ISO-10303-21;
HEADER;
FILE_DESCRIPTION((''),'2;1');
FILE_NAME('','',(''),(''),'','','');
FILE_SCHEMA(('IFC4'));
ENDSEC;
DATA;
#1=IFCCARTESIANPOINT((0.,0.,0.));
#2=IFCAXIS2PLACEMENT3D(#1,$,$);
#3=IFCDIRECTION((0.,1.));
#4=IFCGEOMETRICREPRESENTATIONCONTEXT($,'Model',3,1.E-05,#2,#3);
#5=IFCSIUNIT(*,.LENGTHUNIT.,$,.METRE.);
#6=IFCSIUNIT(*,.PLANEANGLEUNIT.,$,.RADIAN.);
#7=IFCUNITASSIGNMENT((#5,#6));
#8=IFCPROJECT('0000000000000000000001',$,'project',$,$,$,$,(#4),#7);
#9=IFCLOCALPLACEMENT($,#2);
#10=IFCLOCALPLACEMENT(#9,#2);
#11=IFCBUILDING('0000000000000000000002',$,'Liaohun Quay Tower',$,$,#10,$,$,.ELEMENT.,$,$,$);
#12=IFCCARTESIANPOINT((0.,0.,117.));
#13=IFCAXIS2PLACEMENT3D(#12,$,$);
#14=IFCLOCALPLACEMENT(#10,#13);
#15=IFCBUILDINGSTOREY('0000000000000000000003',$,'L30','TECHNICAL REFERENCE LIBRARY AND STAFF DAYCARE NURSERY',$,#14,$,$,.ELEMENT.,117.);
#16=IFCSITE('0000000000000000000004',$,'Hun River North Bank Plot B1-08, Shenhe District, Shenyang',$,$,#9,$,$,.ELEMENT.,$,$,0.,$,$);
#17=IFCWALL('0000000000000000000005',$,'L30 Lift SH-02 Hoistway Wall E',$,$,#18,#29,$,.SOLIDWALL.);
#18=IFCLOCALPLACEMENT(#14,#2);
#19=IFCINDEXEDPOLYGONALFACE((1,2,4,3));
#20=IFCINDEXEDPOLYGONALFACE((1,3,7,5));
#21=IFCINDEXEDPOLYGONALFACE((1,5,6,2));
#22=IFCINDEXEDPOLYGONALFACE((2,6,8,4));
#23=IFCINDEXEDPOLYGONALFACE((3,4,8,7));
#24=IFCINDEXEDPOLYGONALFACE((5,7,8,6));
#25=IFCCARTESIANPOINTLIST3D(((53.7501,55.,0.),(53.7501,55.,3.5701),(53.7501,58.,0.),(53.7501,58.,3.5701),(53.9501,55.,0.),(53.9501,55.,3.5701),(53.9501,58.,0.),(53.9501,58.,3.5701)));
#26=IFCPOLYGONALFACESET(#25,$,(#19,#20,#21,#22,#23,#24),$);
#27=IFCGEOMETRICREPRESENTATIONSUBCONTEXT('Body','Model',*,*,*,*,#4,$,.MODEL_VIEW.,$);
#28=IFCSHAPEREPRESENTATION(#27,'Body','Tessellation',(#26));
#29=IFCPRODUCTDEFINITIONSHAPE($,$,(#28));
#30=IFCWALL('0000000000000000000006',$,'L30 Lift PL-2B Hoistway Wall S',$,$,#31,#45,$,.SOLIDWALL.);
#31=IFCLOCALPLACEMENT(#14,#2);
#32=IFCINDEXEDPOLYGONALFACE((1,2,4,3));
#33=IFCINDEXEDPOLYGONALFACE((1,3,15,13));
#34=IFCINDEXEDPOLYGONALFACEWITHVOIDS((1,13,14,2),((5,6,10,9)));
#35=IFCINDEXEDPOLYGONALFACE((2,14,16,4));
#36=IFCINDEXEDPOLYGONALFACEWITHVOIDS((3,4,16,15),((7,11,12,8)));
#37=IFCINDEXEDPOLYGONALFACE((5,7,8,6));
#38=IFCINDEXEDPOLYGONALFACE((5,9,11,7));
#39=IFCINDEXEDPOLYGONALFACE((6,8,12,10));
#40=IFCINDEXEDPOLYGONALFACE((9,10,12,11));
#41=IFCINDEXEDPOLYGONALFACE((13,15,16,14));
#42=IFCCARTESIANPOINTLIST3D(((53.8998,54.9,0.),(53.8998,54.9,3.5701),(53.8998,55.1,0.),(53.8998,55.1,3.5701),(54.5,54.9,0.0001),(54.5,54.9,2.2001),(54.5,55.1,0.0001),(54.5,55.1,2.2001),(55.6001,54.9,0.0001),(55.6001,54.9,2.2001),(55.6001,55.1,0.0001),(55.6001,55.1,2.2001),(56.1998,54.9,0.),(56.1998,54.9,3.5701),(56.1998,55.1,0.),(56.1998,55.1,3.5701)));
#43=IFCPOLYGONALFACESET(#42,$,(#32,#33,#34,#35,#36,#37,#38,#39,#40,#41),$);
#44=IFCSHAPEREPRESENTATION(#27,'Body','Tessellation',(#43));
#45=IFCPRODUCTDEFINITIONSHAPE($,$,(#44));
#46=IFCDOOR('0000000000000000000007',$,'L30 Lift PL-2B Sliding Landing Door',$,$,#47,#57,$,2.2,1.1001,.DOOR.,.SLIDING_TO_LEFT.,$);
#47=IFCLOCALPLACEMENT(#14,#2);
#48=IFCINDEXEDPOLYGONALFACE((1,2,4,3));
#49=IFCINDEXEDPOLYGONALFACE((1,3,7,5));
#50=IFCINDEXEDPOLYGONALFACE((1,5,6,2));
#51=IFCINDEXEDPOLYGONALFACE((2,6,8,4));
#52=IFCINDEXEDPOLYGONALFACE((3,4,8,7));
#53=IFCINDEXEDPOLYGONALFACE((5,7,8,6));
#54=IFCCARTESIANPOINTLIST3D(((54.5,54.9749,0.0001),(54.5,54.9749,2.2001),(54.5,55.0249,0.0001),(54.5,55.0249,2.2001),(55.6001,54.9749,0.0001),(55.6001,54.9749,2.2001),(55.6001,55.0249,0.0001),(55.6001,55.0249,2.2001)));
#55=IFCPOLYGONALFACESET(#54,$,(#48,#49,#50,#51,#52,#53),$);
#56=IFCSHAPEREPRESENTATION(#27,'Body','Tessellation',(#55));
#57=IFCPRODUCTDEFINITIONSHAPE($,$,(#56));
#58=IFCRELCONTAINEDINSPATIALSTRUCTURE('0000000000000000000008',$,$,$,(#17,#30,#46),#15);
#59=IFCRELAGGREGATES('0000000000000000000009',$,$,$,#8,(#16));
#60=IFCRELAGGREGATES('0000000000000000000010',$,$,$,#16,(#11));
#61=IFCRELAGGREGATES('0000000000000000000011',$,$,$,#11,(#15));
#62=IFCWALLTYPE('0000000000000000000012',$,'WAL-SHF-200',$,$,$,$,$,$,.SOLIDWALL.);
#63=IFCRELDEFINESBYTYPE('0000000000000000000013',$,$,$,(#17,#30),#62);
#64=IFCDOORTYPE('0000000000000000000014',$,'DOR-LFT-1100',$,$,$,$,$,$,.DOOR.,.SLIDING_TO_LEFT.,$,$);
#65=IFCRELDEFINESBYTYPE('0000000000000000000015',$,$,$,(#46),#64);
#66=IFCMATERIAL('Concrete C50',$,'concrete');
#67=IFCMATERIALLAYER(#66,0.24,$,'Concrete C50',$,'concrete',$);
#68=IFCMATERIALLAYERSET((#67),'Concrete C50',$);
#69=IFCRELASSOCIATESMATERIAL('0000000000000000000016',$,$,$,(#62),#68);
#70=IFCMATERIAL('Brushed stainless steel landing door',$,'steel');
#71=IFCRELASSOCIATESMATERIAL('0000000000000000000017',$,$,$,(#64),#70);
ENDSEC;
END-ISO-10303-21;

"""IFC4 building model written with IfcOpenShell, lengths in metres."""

from ifc_helpers import new_model, si_unit, direction, frame, frame_2d, origin, place, context, subcontext, project, spatial, rectangle, extrude, source, transform, mapped, material, layer, layer_set, type_object, element, fill, save


model = new_model("IFC4")

# Units and contexts
model_context = context("Model", 3, precision=1e-05, world=origin(), true_north=direction((0.0, 1.0)))
body_context = subcontext(model_context, "Body", "Model", "MODEL_VIEW")
ifc_project = project(units=[si_unit("LENGTHUNIT", "METRE"), si_unit("PLANEANGLEUNIT", "RADIAN")], contexts=[model_context])

# Site, building, storey
site_placement = place(None, origin())
site = spatial("IfcSite", under=ifc_project, at=site_placement, Name="Hun River North Bank Plot B1-08, Shenhe District, Shenyang", CompositionType="ELEMENT", RefElevation=0.0)
building_placement = place(site_placement, origin())
building = spatial("IfcBuilding", under=site, at=building_placement, Name="Liaohun Quay Tower", CompositionType="ELEMENT")
storey_placement = place(building_placement, frame((0.0, 0.0, 117.0)))
storey = spatial("IfcBuildingStorey", under=building, at=storey_placement, Name="L30", Description="TECHNICAL REFERENCE LIBRARY AND STAFF DAYCARE NURSERY", CompositionType="ELEMENT", Elevation=117.0)

# Shared definitions
ifc_material_1 = material(Name="Concrete C50", Category="concrete")

# Shared definitions
ifc_layer_1 = layer(ifc_material_1, 0.24, Name="Concrete C50", Category="concrete")
ifc_layer_set_1 = layer_set([ifc_layer_1], Name="Concrete C50")
wall_type_1 = type_object("IfcWallType", Name="WAL-SHF-200", PredefinedType="SOLIDWALL", material=ifc_layer_set_1)

# Wall
wall_1_placement = place(storey_placement, frame((53.8501, 55.0, 0.0), z_axis=(0.0, 0.0, 1.0), x_axis=(0.0, 1.0, 0.0)))
element("IfcWall", 1, at=wall_1_placement, inside=storey, type_object=wall_type_1, Name="L30 Lift SH-02 Hoistway Wall E", PredefinedType="SOLIDWALL", context=body_context, shape_type="SweptSolid", body=[
    extrude(rectangle(XDim=3.0, YDim=0.2, at=frame_2d((1.5, 0.0))), origin(), (0.0, 0.0, 1.0), 3.5701),
])

# Wall, opening, door
wall_2_placement = place(storey_placement, frame((53.8999, 55.0, 0.0), z_axis=(0.0, 0.0, 1.0), x_axis=(1.0, 0.0, 0.0)))
wall_2 = element("IfcWall", 2, at=wall_2_placement, inside=storey, type_object=wall_type_1, Name="L30 Lift PL-2B Hoistway Wall S", PredefinedType="SOLIDWALL", context=body_context, shape_type="SweptSolid", body=[
    extrude(rectangle(XDim=2.3, YDim=0.2, at=frame_2d((1.1499, 0.0))), origin(), (0.0, 0.0, 1.0), 3.5701),
])
shared_shape_1 = source(origin(), body_context, "Body", "SweptSolid", [
    extrude(rectangle(XDim=1.1001, YDim=2.2, at=frame_2d((0.55, 1.1001))), frame((0.0, 0.1099, 0.0), z_axis=(0.0, -1.0, 0.0), x_axis=(1.0, 0.0, 0.0)), (0.0, 0.0, 1.0), 0.22),
])
opening_1_placement = place(wall_2_placement, frame((0.6001, 0.0, 0.0)))
opening_1 = element("IfcOpeningElement", 3, at=opening_1_placement, cuts=wall_2, PredefinedType="OPENING", context=body_context, shape_type="MappedRepresentation", body=[
    mapped(shared_shape_1, transform((0.0, 0.0, 0.0), x_axis=(1.0, 0.0, 0.0), y_axis=(0.0, 1.0, 0.0), z_axis=(0.0, 0.0, 1.0), scale=1.0)),
])
ifc_material_2 = material(Name="Brushed stainless steel landing door", Category="steel")
door_type_1 = type_object("IfcDoorType", Name="DOR-LFT-1100", OperationType="SLIDING_TO_LEFT", PredefinedType="DOOR", material=ifc_material_2)
shared_shape_2 = source(origin(), body_context, "Body", "SweptSolid", [
    extrude(rectangle(XDim=1.1001, YDim=2.2, at=frame_2d((0.55, 1.1001))), frame((0.0, 0.0249, 0.0), z_axis=(0.0, -1.0, 0.0), x_axis=(1.0, 0.0, 0.0)), (0.0, 0.0, 1.0), 0.05),
])
door_1_placement = place(opening_1_placement, origin())
door_1 = element("IfcDoor", 4, at=door_1_placement, inside=storey, type_object=door_type_1, Name="L30 Lift PL-2B Sliding Landing Door", OperationType="SLIDING_TO_LEFT", OverallHeight=2.2, OverallWidth=1.1001, PredefinedType="DOOR", context=body_context, shape_type="MappedRepresentation", body=[
    mapped(shared_shape_2, transform((0.0, 0.0, 0.0), x_axis=(1.0, 0.0, 0.0), y_axis=(0.0, 1.0, 0.0), z_axis=(0.0, 0.0, 1.0), scale=1.0)),
])
fill(opening_1, door_1)

save(model, "model.ifc")
